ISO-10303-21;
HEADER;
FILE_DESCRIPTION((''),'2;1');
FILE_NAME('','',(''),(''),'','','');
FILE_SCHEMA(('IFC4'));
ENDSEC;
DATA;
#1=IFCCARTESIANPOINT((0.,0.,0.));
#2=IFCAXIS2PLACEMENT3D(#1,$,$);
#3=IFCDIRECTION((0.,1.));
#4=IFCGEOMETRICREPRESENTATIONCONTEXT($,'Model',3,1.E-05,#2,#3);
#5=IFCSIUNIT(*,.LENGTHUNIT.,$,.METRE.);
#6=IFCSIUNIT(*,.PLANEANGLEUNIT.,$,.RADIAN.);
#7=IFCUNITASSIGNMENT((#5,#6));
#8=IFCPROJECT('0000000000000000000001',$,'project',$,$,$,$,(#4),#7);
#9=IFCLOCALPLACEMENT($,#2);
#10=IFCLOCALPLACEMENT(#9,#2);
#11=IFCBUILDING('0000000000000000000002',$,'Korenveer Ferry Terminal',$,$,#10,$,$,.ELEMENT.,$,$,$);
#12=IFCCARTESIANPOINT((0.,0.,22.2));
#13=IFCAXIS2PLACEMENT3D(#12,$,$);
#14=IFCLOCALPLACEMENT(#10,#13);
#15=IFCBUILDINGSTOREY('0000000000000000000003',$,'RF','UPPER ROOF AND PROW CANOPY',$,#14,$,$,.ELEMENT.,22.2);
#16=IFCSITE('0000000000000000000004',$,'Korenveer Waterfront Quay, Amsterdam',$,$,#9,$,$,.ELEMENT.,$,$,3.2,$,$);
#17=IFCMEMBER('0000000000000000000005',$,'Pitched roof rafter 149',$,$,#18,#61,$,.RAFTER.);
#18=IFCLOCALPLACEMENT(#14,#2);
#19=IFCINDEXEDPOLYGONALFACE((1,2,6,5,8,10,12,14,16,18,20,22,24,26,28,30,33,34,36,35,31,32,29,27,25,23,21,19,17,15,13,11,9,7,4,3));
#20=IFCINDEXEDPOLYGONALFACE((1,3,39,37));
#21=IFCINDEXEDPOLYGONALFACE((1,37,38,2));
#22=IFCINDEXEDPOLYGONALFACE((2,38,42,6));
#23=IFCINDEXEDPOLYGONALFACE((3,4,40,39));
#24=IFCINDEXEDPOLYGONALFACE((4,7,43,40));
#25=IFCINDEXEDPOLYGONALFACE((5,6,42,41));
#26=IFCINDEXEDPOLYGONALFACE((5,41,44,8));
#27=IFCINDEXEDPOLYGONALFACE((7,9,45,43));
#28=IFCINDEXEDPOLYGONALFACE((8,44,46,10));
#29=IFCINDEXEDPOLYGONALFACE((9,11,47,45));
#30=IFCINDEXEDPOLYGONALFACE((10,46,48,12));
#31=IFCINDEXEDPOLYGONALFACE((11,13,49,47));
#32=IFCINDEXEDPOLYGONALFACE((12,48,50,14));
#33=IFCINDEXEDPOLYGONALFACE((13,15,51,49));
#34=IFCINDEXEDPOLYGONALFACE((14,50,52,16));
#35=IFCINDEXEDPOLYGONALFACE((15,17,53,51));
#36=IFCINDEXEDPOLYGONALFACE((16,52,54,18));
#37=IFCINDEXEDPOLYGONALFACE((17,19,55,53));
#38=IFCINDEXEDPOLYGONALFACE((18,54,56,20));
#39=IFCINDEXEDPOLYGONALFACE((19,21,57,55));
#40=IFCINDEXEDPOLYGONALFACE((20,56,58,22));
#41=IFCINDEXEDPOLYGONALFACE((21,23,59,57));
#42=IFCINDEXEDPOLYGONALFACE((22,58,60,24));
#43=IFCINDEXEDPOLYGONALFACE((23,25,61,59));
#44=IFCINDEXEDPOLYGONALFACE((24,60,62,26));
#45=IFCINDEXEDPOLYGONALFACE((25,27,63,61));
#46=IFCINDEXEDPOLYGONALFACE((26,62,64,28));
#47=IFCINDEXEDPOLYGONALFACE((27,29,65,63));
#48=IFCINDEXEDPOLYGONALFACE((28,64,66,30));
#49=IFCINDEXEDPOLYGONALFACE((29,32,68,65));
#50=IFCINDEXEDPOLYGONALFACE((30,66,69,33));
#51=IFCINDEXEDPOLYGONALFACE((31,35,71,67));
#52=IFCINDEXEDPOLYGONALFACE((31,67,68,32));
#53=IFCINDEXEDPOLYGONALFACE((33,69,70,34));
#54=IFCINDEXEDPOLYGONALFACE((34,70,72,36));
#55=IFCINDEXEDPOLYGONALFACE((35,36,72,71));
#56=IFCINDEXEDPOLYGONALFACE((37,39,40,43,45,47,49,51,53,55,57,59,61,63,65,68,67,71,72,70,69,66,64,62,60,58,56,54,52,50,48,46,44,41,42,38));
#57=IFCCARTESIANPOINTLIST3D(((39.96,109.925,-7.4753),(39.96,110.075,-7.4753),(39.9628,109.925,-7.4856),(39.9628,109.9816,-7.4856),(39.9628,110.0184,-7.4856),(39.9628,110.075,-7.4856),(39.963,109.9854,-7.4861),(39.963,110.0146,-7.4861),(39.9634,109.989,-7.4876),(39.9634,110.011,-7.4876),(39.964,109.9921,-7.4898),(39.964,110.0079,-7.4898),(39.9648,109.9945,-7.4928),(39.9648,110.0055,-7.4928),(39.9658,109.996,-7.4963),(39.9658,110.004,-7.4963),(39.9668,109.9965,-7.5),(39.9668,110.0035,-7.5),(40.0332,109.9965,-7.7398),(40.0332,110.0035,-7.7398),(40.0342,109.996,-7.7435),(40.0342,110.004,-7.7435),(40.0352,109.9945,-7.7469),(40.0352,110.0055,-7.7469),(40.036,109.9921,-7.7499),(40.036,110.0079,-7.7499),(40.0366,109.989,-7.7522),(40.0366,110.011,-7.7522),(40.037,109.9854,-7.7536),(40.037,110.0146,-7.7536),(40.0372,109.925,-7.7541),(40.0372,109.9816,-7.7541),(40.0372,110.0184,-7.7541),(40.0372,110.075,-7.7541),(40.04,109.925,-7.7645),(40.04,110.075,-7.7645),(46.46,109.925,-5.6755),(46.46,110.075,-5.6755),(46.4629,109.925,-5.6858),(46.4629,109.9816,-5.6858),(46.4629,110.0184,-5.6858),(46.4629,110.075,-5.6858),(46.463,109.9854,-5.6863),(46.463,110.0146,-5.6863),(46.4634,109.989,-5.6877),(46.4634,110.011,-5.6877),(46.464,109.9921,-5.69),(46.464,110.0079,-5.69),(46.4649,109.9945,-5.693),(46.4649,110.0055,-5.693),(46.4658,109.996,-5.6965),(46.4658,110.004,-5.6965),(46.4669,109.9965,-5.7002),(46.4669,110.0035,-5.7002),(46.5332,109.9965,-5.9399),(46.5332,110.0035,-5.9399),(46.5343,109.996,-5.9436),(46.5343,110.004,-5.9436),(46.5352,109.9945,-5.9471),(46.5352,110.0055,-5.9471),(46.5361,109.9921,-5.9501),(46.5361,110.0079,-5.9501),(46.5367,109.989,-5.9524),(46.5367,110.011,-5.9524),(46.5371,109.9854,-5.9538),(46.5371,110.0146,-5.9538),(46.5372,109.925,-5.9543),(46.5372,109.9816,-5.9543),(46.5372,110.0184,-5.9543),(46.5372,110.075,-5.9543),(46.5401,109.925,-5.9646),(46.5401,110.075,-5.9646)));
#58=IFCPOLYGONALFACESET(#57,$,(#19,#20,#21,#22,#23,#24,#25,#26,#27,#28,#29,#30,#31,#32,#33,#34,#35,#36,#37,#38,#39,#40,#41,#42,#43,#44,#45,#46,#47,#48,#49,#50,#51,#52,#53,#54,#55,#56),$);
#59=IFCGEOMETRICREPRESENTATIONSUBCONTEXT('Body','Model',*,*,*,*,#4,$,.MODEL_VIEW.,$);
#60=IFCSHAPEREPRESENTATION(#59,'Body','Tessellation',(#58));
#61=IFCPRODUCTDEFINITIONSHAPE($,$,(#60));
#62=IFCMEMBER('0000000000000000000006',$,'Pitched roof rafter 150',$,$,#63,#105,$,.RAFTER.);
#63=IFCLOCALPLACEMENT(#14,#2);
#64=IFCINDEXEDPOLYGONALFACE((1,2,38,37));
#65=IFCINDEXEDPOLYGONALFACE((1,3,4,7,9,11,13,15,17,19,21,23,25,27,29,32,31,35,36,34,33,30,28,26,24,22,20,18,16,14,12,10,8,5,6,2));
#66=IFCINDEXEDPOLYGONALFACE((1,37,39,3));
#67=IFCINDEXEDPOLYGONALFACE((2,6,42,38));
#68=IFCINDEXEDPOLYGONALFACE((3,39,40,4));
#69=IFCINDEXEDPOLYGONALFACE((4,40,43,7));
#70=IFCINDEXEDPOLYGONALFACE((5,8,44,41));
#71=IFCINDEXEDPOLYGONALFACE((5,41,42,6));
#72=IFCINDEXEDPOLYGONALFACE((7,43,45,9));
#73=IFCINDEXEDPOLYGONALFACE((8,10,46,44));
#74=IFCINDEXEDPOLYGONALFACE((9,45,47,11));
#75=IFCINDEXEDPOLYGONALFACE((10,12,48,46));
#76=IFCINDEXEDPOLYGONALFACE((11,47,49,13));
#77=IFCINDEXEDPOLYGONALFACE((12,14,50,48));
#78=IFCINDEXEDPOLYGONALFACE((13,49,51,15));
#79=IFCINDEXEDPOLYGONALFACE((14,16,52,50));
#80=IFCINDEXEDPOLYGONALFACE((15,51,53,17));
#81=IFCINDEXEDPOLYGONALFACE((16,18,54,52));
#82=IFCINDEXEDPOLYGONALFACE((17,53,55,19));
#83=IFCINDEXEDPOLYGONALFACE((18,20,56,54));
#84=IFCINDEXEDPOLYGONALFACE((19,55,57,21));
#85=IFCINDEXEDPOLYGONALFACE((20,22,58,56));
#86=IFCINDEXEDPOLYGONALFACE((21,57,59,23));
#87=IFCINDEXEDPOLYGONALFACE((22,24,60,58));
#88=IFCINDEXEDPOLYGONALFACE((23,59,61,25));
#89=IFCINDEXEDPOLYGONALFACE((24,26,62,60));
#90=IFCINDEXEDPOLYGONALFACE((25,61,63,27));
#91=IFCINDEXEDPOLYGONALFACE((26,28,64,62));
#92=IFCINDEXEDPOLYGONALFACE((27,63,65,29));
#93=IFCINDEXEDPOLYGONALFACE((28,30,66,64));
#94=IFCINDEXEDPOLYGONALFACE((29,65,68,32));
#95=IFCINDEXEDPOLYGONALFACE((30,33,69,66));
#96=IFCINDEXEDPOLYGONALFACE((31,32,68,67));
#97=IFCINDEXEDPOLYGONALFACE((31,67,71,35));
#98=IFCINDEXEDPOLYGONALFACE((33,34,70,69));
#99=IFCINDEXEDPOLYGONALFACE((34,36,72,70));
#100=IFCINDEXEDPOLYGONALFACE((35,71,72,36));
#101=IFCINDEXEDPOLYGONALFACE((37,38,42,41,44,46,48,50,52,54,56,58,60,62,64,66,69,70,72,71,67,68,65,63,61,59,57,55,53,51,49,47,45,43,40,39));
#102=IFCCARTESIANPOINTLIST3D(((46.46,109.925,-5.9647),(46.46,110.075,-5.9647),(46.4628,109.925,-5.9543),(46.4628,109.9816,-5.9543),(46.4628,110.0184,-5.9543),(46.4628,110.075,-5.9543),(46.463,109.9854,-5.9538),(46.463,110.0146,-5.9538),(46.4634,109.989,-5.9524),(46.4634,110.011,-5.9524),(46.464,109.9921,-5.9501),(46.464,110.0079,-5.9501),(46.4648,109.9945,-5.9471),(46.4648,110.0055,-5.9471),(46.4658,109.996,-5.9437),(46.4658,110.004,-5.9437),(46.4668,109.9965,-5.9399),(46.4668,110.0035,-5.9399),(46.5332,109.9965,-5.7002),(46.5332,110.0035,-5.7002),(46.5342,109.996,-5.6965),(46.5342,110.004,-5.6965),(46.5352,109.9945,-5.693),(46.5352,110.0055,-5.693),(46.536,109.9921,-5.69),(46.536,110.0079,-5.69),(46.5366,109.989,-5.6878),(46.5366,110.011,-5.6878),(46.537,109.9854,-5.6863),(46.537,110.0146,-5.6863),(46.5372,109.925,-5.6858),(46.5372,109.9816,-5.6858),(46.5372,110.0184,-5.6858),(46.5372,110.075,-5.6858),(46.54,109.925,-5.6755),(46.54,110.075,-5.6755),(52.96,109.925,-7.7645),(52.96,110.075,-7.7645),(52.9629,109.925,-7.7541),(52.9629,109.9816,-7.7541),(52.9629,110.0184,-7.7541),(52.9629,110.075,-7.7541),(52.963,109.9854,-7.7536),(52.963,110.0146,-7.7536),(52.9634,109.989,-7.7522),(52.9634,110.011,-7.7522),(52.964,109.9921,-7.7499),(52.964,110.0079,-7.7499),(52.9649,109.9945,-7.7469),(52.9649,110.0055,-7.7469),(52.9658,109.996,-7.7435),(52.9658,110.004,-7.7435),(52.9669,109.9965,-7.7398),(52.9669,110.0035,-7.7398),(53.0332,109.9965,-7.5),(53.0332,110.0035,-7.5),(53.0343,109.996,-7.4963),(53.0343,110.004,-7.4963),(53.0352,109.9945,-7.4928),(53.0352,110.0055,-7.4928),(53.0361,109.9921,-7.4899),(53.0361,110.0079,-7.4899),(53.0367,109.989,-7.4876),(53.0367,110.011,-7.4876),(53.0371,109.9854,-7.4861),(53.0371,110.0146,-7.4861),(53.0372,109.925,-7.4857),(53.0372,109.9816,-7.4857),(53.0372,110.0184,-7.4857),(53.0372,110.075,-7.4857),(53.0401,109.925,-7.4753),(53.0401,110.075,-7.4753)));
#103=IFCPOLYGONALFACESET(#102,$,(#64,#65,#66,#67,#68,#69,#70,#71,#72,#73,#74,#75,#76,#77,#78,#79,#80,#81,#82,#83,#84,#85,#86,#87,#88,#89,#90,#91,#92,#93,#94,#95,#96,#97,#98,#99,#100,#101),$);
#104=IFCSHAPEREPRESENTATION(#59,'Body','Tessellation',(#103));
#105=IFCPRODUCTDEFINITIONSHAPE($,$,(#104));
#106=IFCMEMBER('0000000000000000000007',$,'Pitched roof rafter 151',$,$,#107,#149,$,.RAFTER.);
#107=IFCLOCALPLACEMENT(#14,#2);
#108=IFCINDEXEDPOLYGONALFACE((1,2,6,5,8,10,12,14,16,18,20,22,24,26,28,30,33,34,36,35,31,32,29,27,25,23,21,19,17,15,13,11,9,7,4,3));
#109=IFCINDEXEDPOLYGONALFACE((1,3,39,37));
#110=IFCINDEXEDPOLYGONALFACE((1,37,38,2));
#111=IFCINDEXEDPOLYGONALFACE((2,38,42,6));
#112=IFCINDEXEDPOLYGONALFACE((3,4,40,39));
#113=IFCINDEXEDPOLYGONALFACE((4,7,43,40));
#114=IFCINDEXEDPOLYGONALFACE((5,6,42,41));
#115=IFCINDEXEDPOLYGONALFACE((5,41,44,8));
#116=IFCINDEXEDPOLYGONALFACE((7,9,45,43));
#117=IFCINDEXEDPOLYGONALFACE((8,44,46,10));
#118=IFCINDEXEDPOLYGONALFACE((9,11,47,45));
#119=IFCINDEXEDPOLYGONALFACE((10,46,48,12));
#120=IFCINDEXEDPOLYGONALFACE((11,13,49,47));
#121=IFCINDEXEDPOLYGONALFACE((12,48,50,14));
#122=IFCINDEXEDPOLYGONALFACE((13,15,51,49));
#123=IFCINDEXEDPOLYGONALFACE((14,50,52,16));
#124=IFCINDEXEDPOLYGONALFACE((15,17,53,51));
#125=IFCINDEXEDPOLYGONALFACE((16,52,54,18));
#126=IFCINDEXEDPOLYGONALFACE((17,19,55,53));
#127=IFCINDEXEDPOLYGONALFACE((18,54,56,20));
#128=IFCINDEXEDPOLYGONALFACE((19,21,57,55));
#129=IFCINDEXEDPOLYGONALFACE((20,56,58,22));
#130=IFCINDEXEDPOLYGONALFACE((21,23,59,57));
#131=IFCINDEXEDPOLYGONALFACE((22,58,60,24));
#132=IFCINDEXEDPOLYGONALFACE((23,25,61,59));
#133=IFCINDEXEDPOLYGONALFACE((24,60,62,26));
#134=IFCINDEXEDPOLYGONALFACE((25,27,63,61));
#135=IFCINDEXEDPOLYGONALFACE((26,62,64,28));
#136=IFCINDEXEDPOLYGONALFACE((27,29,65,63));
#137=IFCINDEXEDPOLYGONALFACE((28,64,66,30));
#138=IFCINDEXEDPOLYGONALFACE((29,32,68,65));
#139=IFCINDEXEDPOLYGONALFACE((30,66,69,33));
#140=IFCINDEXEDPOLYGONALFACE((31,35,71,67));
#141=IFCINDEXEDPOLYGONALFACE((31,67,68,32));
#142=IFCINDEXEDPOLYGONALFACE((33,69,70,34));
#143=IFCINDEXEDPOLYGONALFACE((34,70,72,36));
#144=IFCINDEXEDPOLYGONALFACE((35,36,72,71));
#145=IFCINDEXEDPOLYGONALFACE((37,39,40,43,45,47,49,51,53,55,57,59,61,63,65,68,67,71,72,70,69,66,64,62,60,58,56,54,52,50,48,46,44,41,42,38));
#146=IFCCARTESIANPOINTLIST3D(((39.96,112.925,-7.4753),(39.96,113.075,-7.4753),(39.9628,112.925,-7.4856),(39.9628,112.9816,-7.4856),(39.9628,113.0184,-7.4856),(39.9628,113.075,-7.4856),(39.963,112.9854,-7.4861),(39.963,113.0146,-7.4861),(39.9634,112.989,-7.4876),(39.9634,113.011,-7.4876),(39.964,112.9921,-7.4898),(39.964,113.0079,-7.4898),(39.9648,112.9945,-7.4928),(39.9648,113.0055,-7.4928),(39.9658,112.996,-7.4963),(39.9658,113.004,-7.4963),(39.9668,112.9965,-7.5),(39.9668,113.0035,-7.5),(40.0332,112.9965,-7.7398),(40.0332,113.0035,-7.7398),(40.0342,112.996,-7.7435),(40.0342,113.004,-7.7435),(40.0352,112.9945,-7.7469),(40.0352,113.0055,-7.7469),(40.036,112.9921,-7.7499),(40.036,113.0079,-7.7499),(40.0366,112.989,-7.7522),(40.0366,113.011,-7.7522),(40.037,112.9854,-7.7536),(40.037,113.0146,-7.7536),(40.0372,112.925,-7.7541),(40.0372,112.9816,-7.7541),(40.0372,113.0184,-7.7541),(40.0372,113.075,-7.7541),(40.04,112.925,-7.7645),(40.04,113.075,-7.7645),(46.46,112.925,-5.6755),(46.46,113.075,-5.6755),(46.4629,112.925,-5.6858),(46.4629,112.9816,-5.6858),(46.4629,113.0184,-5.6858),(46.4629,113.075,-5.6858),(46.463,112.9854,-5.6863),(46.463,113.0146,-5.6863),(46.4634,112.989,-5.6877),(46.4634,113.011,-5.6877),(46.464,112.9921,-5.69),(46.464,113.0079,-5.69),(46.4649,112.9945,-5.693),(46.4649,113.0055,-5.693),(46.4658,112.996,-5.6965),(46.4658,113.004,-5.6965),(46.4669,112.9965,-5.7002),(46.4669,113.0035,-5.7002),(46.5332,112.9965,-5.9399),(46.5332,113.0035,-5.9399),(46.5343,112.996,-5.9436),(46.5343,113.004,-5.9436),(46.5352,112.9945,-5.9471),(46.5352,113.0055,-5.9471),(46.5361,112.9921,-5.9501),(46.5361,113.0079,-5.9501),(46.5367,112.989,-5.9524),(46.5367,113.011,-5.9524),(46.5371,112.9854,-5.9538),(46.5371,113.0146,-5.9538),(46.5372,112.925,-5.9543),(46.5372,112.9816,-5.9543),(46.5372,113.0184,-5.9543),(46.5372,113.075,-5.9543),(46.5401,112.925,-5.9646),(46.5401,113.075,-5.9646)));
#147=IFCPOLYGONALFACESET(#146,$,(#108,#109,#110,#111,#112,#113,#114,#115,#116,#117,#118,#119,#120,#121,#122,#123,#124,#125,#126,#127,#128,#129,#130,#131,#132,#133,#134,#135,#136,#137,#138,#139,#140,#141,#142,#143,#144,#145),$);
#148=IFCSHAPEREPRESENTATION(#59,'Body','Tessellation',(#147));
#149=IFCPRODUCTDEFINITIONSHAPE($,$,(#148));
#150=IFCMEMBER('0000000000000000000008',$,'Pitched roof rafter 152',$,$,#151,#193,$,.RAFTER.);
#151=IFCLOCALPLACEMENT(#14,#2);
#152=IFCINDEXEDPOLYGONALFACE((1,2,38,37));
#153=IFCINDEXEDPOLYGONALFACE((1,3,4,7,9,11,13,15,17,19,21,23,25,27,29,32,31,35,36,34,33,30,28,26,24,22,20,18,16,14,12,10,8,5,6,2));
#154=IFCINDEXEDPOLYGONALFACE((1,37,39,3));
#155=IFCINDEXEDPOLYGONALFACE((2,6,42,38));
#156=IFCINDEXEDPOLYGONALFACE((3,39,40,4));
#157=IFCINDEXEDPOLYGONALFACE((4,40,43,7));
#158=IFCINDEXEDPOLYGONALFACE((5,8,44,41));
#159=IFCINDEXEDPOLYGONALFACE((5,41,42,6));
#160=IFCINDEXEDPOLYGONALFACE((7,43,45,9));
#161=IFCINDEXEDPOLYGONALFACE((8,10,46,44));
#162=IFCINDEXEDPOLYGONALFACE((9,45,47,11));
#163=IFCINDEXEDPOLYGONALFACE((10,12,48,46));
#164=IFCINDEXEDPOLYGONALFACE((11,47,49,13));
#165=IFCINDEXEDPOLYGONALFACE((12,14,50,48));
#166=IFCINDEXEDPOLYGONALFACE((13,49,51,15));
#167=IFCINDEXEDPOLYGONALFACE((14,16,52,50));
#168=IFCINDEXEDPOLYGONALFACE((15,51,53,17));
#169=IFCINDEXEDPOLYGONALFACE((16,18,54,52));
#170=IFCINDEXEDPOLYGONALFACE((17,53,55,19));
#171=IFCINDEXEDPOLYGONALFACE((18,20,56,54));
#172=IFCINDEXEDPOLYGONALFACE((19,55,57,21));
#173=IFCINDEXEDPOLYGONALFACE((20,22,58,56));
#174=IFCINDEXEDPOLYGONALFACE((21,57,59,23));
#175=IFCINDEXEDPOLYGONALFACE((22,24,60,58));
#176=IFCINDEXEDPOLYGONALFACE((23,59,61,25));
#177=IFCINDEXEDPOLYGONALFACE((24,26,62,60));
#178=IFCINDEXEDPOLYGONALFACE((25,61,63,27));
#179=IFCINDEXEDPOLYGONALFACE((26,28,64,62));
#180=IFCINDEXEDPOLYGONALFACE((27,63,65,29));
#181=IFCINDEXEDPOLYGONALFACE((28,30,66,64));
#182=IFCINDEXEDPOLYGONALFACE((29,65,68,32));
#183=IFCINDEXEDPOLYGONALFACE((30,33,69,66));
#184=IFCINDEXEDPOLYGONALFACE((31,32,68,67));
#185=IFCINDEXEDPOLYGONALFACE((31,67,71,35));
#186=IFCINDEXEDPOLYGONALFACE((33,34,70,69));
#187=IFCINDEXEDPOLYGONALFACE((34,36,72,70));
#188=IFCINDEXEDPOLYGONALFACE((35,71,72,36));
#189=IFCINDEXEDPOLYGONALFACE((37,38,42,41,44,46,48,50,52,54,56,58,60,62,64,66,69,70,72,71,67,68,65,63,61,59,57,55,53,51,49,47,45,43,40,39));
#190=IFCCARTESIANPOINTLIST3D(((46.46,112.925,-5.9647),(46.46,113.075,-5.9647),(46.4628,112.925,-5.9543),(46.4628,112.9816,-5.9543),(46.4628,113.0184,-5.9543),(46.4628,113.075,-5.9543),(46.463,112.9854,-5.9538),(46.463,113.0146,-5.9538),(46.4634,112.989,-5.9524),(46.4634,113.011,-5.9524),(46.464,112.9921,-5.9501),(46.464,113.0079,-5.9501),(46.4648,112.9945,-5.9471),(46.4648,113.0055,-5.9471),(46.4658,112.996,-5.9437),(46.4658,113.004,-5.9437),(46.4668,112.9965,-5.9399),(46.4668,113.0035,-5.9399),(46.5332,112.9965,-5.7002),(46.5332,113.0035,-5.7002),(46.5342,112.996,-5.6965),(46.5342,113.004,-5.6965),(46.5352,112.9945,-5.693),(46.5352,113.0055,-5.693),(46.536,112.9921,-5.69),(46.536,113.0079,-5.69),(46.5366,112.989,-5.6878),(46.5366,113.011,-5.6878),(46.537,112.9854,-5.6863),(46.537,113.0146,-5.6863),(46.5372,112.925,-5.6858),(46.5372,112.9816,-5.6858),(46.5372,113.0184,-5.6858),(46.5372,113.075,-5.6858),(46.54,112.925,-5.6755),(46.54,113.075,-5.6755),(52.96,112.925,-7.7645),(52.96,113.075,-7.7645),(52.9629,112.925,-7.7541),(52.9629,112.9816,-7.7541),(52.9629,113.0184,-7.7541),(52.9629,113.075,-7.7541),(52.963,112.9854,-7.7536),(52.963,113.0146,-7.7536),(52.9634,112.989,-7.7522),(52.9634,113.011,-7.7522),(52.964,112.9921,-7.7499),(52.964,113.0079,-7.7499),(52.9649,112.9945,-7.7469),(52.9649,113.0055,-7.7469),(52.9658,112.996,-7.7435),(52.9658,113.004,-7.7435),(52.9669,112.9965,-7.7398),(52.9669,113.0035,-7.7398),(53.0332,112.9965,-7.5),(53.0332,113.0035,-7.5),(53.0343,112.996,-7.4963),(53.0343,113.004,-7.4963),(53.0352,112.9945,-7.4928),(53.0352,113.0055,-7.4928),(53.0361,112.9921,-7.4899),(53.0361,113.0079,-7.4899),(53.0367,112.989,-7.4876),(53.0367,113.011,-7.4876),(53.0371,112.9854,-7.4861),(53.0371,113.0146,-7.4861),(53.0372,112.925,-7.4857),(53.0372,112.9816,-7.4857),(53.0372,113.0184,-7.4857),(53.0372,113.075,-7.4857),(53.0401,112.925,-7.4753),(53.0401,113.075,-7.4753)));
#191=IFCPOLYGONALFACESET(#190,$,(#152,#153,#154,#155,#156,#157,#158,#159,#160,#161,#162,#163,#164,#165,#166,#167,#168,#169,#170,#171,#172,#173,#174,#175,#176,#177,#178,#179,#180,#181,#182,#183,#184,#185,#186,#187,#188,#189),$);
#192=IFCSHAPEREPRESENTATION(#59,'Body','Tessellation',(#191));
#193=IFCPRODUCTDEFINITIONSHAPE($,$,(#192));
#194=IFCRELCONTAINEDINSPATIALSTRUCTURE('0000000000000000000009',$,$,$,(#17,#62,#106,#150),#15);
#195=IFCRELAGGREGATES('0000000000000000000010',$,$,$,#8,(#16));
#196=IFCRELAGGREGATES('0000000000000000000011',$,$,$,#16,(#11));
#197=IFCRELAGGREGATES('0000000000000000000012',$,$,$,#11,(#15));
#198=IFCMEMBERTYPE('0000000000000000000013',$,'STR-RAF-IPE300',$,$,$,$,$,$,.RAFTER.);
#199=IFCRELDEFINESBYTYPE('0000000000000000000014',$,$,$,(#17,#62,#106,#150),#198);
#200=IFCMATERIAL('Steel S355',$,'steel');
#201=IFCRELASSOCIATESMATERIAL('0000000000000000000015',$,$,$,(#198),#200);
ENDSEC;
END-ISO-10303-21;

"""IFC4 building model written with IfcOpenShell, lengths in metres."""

from ifc_helpers import new_model, si_unit, direction, frame, origin, origin_2d, place, context, subcontext, project, spatial, i_section, extrude, material, material_profile, profile_set, type_object, element, save


model = new_model("IFC4")

# Units and contexts
model_context = context("Model", 3, precision=1e-05, world=origin(), true_north=direction((0.0, 1.0)))
body_context = subcontext(model_context, "Body", "Model", "MODEL_VIEW")
ifc_project = project(units=[si_unit("LENGTHUNIT", "METRE"), si_unit("PLANEANGLEUNIT", "RADIAN")], contexts=[model_context])

# Site, building, storey
site_placement = place(None, origin())
site = spatial("IfcSite", under=ifc_project, at=site_placement, Name="Korenveer Waterfront Quay, Amsterdam", CompositionType="ELEMENT", RefElevation=3.2)
building_placement = place(site_placement, origin())
building = spatial("IfcBuilding", under=site, at=building_placement, Name="Korenveer Ferry Terminal", CompositionType="ELEMENT")
storey_placement = place(building_placement, frame((0.0, 0.0, 22.2)))
storey = spatial("IfcBuildingStorey", under=building, at=storey_placement, Name="RF", Description="UPPER ROOF AND PROW CANOPY", CompositionType="ELEMENT", Elevation=22.2)

# Shared definitions
ifc_material_1 = material(Name="Steel S355", Category="steel")

# Members
ifc_material_profile_1 = material_profile(ifc_material_1, i_section(OverallWidth=0.1499, OverallDepth=0.3, WebThickness=0.0071, FlangeThickness=0.0107, FilletRadius=0.0149, at=origin_2d()), Name="IPE 300")
ifc_profile_set_1 = profile_set([ifc_material_profile_1], Name="Steel S355")
member_type_1 = type_object("IfcMemberType", Name="STR-RAF-IPE300", PredefinedType="RAFTER", material=ifc_profile_set_1)
for number, where, z_axis, x_axis, name in (
    (1, (40.0, 110.0, -7.6199), (0.963737, 0.0, 0.266852), (0.0, 1.0, 0.0), "Pitched roof rafter 149"),
    (2, (46.5, 110.0, -5.8201), (0.963737, 0.0, -0.266852), (0.0, 1.0, 0.0), "Pitched roof rafter 150"),
    (3, (40.0, 113.0, -7.6199), (0.963737, 0.0, 0.266852), (0.0, 1.0, 0.0), "Pitched roof rafter 151"),
    (4, (46.5, 113.0, -5.8201), (0.963737, 0.0, -0.266852), (0.0, 1.0, 0.0), "Pitched roof rafter 152"),
):
    element("IfcMember", number, at=place(storey_placement, frame(where, z_axis=z_axis, x_axis=x_axis)), inside=storey, type_object=member_type_1, Name=name, PredefinedType="RAFTER", context=body_context, shape_type="SweptSolid", body=[
        extrude(i_section(OverallWidth=0.1499, OverallDepth=0.3, WebThickness=0.0071, FlangeThickness=0.0107, FilletRadius=0.0149, at=origin_2d()), origin(), (0.0, 0.0, 1.0), 6.7446),
    ])

save(model, "model.ifc")
